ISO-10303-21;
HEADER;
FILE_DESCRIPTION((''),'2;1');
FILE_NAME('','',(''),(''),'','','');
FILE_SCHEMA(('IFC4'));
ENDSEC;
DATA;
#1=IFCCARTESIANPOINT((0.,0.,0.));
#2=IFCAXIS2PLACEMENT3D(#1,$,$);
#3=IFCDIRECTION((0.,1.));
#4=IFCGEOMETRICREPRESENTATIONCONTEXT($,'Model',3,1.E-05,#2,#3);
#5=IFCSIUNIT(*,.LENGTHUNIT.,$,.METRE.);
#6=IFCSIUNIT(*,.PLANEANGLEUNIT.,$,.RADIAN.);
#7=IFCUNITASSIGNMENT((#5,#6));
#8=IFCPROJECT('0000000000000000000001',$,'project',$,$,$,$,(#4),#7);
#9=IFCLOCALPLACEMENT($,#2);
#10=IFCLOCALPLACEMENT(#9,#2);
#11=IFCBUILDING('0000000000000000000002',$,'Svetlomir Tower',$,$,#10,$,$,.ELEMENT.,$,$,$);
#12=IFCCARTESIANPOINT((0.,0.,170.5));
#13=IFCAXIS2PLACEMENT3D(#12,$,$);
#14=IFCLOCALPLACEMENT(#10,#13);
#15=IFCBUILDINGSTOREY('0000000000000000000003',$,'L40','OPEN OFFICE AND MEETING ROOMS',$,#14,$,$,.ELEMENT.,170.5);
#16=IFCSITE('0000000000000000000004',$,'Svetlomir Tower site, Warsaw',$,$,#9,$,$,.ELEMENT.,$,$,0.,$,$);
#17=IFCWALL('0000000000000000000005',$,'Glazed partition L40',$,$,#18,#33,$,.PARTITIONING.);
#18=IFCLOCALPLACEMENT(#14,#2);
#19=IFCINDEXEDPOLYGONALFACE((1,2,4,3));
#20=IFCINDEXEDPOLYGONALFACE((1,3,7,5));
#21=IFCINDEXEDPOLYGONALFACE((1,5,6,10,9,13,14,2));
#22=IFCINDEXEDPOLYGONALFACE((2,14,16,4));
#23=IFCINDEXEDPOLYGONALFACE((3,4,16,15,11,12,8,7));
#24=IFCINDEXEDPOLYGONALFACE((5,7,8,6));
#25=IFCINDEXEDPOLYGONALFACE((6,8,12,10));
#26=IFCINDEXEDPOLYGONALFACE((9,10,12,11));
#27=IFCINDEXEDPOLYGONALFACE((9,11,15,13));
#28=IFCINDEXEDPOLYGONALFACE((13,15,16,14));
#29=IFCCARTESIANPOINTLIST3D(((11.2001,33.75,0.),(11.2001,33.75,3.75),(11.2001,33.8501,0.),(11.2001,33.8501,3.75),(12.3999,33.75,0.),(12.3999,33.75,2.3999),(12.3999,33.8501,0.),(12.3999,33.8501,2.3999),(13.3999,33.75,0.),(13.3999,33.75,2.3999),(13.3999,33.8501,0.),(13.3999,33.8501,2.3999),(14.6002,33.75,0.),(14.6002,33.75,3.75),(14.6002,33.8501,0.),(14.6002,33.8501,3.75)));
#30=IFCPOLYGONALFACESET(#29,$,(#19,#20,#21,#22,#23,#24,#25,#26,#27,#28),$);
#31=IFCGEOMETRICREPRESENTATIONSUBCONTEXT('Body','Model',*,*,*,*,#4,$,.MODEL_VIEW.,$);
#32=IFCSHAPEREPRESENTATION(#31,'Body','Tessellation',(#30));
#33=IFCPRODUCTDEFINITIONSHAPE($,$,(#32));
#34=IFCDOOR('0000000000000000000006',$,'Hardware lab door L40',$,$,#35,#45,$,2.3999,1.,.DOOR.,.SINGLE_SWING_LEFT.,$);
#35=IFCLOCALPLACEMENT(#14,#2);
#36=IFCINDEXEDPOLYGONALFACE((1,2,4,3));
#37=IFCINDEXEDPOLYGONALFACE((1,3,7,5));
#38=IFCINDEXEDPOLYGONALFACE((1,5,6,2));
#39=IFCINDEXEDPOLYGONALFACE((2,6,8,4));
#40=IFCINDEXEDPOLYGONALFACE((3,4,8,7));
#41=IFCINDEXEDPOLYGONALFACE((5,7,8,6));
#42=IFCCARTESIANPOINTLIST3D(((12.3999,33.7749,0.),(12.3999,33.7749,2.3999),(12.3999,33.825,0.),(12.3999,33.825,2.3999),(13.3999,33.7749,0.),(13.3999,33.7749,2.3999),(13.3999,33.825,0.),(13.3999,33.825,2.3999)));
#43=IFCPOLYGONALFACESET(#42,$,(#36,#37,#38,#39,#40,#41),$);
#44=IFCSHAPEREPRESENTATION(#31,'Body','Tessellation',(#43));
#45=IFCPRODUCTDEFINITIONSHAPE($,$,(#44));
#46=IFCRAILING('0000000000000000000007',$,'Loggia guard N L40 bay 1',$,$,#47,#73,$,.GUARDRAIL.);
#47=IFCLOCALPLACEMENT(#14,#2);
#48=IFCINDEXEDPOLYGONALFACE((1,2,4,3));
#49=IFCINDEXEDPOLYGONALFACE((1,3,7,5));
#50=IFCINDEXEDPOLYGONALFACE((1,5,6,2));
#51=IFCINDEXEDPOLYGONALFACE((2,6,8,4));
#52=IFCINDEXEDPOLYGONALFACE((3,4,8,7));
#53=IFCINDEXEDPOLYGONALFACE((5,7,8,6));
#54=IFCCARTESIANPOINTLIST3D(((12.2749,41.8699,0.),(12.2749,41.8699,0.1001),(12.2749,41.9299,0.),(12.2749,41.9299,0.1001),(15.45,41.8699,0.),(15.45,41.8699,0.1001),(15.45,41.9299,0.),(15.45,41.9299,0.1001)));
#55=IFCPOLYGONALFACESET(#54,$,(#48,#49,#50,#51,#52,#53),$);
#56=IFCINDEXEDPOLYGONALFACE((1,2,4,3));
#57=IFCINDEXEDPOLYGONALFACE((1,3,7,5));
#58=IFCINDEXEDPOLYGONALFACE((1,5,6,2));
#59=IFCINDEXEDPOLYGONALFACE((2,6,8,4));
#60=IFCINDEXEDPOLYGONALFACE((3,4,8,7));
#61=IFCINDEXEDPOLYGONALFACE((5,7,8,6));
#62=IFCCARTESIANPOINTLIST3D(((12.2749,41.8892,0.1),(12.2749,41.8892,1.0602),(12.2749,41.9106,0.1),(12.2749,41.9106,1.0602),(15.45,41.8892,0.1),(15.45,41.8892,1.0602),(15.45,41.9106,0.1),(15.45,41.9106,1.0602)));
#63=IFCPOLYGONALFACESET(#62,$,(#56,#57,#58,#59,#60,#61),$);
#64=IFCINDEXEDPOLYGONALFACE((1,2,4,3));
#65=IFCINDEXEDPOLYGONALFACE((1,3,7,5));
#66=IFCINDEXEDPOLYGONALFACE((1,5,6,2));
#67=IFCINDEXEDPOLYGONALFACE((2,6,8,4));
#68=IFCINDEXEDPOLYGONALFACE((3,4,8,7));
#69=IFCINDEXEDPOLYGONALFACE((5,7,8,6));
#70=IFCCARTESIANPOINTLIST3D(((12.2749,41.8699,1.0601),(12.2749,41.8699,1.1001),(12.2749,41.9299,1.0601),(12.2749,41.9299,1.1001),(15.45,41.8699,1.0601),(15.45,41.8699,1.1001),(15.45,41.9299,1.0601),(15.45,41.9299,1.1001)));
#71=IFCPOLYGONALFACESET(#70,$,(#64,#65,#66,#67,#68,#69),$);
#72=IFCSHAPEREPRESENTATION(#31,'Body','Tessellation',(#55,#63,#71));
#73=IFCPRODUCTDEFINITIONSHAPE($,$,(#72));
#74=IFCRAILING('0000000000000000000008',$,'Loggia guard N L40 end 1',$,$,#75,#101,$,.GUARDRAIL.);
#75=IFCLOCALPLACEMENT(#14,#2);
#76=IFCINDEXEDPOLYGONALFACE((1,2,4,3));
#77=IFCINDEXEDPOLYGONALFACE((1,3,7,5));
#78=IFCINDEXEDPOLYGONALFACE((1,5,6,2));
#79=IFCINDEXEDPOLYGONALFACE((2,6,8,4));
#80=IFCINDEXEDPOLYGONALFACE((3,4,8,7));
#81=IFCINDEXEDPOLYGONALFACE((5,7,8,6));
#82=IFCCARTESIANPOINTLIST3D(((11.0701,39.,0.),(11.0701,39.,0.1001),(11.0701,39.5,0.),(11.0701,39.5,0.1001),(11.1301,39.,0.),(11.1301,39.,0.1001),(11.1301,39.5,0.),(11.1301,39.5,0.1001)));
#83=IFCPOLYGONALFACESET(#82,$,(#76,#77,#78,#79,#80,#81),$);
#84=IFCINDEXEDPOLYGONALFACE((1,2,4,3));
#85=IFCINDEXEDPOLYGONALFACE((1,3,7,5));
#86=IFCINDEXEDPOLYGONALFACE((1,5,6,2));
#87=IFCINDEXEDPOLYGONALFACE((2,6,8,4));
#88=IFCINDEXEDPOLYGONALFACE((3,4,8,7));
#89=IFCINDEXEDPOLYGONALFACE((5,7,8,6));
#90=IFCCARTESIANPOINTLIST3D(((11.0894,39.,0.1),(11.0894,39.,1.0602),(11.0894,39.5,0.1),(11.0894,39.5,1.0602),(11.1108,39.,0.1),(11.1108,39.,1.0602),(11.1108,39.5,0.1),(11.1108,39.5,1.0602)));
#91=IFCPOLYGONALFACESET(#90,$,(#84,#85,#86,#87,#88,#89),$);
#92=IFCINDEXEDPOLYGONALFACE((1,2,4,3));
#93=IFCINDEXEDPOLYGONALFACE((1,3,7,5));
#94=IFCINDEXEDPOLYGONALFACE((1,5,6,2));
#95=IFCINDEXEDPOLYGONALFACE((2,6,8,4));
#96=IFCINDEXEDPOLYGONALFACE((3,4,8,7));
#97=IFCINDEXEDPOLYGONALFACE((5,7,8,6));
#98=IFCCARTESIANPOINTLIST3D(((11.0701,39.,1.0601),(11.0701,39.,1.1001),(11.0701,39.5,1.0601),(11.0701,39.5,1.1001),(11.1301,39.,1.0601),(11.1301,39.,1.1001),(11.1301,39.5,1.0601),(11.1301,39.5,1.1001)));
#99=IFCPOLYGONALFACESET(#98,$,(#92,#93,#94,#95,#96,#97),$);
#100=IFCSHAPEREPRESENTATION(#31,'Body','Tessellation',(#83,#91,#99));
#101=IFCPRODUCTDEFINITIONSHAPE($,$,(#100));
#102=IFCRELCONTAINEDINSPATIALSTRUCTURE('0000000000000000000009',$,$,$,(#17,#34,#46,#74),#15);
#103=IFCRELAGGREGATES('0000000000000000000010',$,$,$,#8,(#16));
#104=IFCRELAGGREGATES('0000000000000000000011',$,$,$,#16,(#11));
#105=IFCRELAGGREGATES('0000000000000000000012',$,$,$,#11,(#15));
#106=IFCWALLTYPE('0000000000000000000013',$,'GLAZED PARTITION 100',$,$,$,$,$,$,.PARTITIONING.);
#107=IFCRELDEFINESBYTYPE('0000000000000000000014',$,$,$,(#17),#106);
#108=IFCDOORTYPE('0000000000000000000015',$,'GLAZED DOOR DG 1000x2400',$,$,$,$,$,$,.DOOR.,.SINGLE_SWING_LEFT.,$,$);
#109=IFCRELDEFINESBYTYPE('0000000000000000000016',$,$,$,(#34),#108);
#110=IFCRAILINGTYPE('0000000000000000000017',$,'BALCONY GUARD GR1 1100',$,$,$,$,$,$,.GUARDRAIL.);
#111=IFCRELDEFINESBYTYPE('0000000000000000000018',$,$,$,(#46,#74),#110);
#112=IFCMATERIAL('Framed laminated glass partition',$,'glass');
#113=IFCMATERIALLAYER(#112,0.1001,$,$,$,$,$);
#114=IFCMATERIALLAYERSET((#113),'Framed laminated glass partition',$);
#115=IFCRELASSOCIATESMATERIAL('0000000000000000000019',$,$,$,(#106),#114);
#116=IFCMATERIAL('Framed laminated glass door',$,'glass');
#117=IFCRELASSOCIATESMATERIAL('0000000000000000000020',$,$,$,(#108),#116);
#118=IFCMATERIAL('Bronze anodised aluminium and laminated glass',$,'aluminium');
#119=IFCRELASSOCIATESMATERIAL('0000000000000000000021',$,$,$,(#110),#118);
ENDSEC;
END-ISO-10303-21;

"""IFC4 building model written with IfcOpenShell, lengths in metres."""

from ifc_helpers import new_model, si_unit, direction, frame, frame_2d, origin, origin_2d, place, context, subcontext, project, spatial, rectangle, extrude, material, layer, layer_set, type_object, element, fill, save


model = new_model("IFC4")

# Units and contexts
model_context = context("Model", 3, precision=1e-05, world=origin(), true_north=direction((0.0, 1.0)))
body_context = subcontext(model_context, "Body", "Model", "MODEL_VIEW")
ifc_project = project(units=[si_unit("LENGTHUNIT", "METRE"), si_unit("PLANEANGLEUNIT", "RADIAN")], contexts=[model_context])

# Site, building, storey
site_placement = place(None, origin())
site = spatial("IfcSite", under=ifc_project, at=site_placement, Name="Svetlomir Tower site, Warsaw", CompositionType="ELEMENT", RefElevation=0.0)
building_placement = place(site_placement, origin())
building = spatial("IfcBuilding", under=site, at=building_placement, Name="Svetlomir Tower", CompositionType="ELEMENT")
storey_placement = place(building_placement, frame((0.0, 0.0, 170.5)))
storey = spatial("IfcBuildingStorey", under=building, at=storey_placement, Name="L40", Description="OPEN OFFICE AND MEETING ROOMS", CompositionType="ELEMENT", Elevation=170.5)

# Wall, opening, door
ifc_material_1 = material(Name="Framed laminated glass partition", Category="glass")
ifc_layer_1 = layer(ifc_material_1, 0.1001)
ifc_layer_set_1 = layer_set([ifc_layer_1], Name="Framed laminated glass partition")
wall_type = type_object("IfcWallType", Name="GLAZED PARTITION 100", PredefinedType="PARTITIONING", material=ifc_layer_set_1)
wall_placement = place(storey_placement, frame((11.2, 33.8, 0.0), z_axis=(0.0, 0.0, 1.0), x_axis=(1.0, 0.0, 0.0)))
wall = element("IfcWall", 1, at=wall_placement, inside=storey, type_object=wall_type, Name="Glazed partition L40", PredefinedType="PARTITIONING", context=body_context, shape_type="SweptSolid", body=[
    extrude(rectangle(XDim=3.4001, YDim=0.1001, at=frame_2d((1.7002, 0.0))), origin(), (0.0, 0.0, 1.0), 3.75),
])
opening_placement = place(wall_placement, frame((1.2, 0.0, 0.0)))
opening = element("IfcOpeningElement", 2, at=opening_placement, cuts=wall, PredefinedType="OPENING", context=body_context, shape_type="SweptSolid", body=[
    extrude(rectangle(XDim=1.0, YDim=2.3999, at=frame_2d((0.5, 1.2))), frame((0.0, 0.0601, 0.0), z_axis=(0.0, -1.0, 0.0), x_axis=(1.0, 0.0, 0.0)), (0.0, 0.0, 1.0), 0.1201),
])
ifc_material_2 = material(Name="Framed laminated glass door", Category="glass")
door_type = type_object("IfcDoorType", Name="GLAZED DOOR DG 1000x2400", OperationType="SINGLE_SWING_LEFT", PredefinedType="DOOR", material=ifc_material_2)
door_placement = place(opening_placement, origin())
door = element("IfcDoor", 3, at=door_placement, inside=storey, type_object=door_type, Name="Hardware lab door L40", OperationType="SINGLE_SWING_LEFT", OverallHeight=2.3999, OverallWidth=1.0, PredefinedType="DOOR", context=body_context, shape_type="SweptSolid", body=[
    extrude(rectangle(XDim=1.0, YDim=2.3999, at=frame_2d((0.5, 1.2))), frame((0.0, 0.0249, 0.0), z_axis=(0.0, -1.0, 0.0), x_axis=(1.0, 0.0, 0.0)), (0.0, 0.0, 1.0), 0.05),
])
fill(opening, door)

# Railings
ifc_material_3 = material(Name="Bronze anodised aluminium and laminated glass", Category="aluminium")
railing_type = type_object("IfcRailingType", Name="BALCONY GUARD GR1 1100", PredefinedType="GUARDRAIL", material=ifc_material_3)
railing_1_placement = place(storey_placement, frame((12.2749, 41.8999, 0.0)))
element("IfcRailing", 4, at=railing_1_placement, inside=storey, type_object=railing_type, Name="Loggia guard N L40 bay 1", PredefinedType="GUARDRAIL", context=body_context, shape_type="SweptSolid", body=[
    extrude(rectangle(XDim=0.0601, YDim=0.1001, at=origin_2d()), frame((0.0, 0.0, 0.05), z_axis=(1.0, 0.0, 0.0), x_axis=(0.0, 1.0, 0.0)), (0.0, 0.0, 1.0), 3.175),
    extrude(rectangle(XDim=0.0215, YDim=0.9602, at=origin_2d()), frame((0.0, 0.0, 0.5801), z_axis=(1.0, 0.0, 0.0), x_axis=(0.0, 1.0, 0.0)), (0.0, 0.0, 1.0), 3.175),
    extrude(rectangle(XDim=0.0601, YDim=0.04, at=origin_2d()), frame((0.0, 0.0, 1.0801), z_axis=(1.0, 0.0, 0.0), x_axis=(0.0, 1.0, 0.0)), (0.0, 0.0, 1.0), 3.175),
])
railing_2_placement = place(storey_placement, frame((11.1001, 39.5, 0.0)))
element("IfcRailing", 5, at=railing_2_placement, inside=storey, type_object=railing_type, Name="Loggia guard N L40 end 1", PredefinedType="GUARDRAIL", context=body_context, shape_type="SweptSolid", body=[
    extrude(rectangle(XDim=0.0601, YDim=0.1001, at=origin_2d()), frame((0.0, 0.0, 0.05), z_axis=(0.0, -1.0, 0.0), x_axis=(1.0, 0.0, 0.0)), (0.0, 0.0, 1.0), 0.5),
    extrude(rectangle(XDim=0.0215, YDim=0.9602, at=origin_2d()), frame((0.0, 0.0, 0.5801), z_axis=(0.0, -1.0, 0.0), x_axis=(1.0, 0.0, 0.0)), (0.0, 0.0, 1.0), 0.5),
    extrude(rectangle(XDim=0.0601, YDim=0.04, at=origin_2d()), frame((0.0, 0.0, 1.0801), z_axis=(0.0, -1.0, 0.0), x_axis=(1.0, 0.0, 0.0)), (0.0, 0.0, 1.0), 0.5),
])

save(model, "model.ifc")
